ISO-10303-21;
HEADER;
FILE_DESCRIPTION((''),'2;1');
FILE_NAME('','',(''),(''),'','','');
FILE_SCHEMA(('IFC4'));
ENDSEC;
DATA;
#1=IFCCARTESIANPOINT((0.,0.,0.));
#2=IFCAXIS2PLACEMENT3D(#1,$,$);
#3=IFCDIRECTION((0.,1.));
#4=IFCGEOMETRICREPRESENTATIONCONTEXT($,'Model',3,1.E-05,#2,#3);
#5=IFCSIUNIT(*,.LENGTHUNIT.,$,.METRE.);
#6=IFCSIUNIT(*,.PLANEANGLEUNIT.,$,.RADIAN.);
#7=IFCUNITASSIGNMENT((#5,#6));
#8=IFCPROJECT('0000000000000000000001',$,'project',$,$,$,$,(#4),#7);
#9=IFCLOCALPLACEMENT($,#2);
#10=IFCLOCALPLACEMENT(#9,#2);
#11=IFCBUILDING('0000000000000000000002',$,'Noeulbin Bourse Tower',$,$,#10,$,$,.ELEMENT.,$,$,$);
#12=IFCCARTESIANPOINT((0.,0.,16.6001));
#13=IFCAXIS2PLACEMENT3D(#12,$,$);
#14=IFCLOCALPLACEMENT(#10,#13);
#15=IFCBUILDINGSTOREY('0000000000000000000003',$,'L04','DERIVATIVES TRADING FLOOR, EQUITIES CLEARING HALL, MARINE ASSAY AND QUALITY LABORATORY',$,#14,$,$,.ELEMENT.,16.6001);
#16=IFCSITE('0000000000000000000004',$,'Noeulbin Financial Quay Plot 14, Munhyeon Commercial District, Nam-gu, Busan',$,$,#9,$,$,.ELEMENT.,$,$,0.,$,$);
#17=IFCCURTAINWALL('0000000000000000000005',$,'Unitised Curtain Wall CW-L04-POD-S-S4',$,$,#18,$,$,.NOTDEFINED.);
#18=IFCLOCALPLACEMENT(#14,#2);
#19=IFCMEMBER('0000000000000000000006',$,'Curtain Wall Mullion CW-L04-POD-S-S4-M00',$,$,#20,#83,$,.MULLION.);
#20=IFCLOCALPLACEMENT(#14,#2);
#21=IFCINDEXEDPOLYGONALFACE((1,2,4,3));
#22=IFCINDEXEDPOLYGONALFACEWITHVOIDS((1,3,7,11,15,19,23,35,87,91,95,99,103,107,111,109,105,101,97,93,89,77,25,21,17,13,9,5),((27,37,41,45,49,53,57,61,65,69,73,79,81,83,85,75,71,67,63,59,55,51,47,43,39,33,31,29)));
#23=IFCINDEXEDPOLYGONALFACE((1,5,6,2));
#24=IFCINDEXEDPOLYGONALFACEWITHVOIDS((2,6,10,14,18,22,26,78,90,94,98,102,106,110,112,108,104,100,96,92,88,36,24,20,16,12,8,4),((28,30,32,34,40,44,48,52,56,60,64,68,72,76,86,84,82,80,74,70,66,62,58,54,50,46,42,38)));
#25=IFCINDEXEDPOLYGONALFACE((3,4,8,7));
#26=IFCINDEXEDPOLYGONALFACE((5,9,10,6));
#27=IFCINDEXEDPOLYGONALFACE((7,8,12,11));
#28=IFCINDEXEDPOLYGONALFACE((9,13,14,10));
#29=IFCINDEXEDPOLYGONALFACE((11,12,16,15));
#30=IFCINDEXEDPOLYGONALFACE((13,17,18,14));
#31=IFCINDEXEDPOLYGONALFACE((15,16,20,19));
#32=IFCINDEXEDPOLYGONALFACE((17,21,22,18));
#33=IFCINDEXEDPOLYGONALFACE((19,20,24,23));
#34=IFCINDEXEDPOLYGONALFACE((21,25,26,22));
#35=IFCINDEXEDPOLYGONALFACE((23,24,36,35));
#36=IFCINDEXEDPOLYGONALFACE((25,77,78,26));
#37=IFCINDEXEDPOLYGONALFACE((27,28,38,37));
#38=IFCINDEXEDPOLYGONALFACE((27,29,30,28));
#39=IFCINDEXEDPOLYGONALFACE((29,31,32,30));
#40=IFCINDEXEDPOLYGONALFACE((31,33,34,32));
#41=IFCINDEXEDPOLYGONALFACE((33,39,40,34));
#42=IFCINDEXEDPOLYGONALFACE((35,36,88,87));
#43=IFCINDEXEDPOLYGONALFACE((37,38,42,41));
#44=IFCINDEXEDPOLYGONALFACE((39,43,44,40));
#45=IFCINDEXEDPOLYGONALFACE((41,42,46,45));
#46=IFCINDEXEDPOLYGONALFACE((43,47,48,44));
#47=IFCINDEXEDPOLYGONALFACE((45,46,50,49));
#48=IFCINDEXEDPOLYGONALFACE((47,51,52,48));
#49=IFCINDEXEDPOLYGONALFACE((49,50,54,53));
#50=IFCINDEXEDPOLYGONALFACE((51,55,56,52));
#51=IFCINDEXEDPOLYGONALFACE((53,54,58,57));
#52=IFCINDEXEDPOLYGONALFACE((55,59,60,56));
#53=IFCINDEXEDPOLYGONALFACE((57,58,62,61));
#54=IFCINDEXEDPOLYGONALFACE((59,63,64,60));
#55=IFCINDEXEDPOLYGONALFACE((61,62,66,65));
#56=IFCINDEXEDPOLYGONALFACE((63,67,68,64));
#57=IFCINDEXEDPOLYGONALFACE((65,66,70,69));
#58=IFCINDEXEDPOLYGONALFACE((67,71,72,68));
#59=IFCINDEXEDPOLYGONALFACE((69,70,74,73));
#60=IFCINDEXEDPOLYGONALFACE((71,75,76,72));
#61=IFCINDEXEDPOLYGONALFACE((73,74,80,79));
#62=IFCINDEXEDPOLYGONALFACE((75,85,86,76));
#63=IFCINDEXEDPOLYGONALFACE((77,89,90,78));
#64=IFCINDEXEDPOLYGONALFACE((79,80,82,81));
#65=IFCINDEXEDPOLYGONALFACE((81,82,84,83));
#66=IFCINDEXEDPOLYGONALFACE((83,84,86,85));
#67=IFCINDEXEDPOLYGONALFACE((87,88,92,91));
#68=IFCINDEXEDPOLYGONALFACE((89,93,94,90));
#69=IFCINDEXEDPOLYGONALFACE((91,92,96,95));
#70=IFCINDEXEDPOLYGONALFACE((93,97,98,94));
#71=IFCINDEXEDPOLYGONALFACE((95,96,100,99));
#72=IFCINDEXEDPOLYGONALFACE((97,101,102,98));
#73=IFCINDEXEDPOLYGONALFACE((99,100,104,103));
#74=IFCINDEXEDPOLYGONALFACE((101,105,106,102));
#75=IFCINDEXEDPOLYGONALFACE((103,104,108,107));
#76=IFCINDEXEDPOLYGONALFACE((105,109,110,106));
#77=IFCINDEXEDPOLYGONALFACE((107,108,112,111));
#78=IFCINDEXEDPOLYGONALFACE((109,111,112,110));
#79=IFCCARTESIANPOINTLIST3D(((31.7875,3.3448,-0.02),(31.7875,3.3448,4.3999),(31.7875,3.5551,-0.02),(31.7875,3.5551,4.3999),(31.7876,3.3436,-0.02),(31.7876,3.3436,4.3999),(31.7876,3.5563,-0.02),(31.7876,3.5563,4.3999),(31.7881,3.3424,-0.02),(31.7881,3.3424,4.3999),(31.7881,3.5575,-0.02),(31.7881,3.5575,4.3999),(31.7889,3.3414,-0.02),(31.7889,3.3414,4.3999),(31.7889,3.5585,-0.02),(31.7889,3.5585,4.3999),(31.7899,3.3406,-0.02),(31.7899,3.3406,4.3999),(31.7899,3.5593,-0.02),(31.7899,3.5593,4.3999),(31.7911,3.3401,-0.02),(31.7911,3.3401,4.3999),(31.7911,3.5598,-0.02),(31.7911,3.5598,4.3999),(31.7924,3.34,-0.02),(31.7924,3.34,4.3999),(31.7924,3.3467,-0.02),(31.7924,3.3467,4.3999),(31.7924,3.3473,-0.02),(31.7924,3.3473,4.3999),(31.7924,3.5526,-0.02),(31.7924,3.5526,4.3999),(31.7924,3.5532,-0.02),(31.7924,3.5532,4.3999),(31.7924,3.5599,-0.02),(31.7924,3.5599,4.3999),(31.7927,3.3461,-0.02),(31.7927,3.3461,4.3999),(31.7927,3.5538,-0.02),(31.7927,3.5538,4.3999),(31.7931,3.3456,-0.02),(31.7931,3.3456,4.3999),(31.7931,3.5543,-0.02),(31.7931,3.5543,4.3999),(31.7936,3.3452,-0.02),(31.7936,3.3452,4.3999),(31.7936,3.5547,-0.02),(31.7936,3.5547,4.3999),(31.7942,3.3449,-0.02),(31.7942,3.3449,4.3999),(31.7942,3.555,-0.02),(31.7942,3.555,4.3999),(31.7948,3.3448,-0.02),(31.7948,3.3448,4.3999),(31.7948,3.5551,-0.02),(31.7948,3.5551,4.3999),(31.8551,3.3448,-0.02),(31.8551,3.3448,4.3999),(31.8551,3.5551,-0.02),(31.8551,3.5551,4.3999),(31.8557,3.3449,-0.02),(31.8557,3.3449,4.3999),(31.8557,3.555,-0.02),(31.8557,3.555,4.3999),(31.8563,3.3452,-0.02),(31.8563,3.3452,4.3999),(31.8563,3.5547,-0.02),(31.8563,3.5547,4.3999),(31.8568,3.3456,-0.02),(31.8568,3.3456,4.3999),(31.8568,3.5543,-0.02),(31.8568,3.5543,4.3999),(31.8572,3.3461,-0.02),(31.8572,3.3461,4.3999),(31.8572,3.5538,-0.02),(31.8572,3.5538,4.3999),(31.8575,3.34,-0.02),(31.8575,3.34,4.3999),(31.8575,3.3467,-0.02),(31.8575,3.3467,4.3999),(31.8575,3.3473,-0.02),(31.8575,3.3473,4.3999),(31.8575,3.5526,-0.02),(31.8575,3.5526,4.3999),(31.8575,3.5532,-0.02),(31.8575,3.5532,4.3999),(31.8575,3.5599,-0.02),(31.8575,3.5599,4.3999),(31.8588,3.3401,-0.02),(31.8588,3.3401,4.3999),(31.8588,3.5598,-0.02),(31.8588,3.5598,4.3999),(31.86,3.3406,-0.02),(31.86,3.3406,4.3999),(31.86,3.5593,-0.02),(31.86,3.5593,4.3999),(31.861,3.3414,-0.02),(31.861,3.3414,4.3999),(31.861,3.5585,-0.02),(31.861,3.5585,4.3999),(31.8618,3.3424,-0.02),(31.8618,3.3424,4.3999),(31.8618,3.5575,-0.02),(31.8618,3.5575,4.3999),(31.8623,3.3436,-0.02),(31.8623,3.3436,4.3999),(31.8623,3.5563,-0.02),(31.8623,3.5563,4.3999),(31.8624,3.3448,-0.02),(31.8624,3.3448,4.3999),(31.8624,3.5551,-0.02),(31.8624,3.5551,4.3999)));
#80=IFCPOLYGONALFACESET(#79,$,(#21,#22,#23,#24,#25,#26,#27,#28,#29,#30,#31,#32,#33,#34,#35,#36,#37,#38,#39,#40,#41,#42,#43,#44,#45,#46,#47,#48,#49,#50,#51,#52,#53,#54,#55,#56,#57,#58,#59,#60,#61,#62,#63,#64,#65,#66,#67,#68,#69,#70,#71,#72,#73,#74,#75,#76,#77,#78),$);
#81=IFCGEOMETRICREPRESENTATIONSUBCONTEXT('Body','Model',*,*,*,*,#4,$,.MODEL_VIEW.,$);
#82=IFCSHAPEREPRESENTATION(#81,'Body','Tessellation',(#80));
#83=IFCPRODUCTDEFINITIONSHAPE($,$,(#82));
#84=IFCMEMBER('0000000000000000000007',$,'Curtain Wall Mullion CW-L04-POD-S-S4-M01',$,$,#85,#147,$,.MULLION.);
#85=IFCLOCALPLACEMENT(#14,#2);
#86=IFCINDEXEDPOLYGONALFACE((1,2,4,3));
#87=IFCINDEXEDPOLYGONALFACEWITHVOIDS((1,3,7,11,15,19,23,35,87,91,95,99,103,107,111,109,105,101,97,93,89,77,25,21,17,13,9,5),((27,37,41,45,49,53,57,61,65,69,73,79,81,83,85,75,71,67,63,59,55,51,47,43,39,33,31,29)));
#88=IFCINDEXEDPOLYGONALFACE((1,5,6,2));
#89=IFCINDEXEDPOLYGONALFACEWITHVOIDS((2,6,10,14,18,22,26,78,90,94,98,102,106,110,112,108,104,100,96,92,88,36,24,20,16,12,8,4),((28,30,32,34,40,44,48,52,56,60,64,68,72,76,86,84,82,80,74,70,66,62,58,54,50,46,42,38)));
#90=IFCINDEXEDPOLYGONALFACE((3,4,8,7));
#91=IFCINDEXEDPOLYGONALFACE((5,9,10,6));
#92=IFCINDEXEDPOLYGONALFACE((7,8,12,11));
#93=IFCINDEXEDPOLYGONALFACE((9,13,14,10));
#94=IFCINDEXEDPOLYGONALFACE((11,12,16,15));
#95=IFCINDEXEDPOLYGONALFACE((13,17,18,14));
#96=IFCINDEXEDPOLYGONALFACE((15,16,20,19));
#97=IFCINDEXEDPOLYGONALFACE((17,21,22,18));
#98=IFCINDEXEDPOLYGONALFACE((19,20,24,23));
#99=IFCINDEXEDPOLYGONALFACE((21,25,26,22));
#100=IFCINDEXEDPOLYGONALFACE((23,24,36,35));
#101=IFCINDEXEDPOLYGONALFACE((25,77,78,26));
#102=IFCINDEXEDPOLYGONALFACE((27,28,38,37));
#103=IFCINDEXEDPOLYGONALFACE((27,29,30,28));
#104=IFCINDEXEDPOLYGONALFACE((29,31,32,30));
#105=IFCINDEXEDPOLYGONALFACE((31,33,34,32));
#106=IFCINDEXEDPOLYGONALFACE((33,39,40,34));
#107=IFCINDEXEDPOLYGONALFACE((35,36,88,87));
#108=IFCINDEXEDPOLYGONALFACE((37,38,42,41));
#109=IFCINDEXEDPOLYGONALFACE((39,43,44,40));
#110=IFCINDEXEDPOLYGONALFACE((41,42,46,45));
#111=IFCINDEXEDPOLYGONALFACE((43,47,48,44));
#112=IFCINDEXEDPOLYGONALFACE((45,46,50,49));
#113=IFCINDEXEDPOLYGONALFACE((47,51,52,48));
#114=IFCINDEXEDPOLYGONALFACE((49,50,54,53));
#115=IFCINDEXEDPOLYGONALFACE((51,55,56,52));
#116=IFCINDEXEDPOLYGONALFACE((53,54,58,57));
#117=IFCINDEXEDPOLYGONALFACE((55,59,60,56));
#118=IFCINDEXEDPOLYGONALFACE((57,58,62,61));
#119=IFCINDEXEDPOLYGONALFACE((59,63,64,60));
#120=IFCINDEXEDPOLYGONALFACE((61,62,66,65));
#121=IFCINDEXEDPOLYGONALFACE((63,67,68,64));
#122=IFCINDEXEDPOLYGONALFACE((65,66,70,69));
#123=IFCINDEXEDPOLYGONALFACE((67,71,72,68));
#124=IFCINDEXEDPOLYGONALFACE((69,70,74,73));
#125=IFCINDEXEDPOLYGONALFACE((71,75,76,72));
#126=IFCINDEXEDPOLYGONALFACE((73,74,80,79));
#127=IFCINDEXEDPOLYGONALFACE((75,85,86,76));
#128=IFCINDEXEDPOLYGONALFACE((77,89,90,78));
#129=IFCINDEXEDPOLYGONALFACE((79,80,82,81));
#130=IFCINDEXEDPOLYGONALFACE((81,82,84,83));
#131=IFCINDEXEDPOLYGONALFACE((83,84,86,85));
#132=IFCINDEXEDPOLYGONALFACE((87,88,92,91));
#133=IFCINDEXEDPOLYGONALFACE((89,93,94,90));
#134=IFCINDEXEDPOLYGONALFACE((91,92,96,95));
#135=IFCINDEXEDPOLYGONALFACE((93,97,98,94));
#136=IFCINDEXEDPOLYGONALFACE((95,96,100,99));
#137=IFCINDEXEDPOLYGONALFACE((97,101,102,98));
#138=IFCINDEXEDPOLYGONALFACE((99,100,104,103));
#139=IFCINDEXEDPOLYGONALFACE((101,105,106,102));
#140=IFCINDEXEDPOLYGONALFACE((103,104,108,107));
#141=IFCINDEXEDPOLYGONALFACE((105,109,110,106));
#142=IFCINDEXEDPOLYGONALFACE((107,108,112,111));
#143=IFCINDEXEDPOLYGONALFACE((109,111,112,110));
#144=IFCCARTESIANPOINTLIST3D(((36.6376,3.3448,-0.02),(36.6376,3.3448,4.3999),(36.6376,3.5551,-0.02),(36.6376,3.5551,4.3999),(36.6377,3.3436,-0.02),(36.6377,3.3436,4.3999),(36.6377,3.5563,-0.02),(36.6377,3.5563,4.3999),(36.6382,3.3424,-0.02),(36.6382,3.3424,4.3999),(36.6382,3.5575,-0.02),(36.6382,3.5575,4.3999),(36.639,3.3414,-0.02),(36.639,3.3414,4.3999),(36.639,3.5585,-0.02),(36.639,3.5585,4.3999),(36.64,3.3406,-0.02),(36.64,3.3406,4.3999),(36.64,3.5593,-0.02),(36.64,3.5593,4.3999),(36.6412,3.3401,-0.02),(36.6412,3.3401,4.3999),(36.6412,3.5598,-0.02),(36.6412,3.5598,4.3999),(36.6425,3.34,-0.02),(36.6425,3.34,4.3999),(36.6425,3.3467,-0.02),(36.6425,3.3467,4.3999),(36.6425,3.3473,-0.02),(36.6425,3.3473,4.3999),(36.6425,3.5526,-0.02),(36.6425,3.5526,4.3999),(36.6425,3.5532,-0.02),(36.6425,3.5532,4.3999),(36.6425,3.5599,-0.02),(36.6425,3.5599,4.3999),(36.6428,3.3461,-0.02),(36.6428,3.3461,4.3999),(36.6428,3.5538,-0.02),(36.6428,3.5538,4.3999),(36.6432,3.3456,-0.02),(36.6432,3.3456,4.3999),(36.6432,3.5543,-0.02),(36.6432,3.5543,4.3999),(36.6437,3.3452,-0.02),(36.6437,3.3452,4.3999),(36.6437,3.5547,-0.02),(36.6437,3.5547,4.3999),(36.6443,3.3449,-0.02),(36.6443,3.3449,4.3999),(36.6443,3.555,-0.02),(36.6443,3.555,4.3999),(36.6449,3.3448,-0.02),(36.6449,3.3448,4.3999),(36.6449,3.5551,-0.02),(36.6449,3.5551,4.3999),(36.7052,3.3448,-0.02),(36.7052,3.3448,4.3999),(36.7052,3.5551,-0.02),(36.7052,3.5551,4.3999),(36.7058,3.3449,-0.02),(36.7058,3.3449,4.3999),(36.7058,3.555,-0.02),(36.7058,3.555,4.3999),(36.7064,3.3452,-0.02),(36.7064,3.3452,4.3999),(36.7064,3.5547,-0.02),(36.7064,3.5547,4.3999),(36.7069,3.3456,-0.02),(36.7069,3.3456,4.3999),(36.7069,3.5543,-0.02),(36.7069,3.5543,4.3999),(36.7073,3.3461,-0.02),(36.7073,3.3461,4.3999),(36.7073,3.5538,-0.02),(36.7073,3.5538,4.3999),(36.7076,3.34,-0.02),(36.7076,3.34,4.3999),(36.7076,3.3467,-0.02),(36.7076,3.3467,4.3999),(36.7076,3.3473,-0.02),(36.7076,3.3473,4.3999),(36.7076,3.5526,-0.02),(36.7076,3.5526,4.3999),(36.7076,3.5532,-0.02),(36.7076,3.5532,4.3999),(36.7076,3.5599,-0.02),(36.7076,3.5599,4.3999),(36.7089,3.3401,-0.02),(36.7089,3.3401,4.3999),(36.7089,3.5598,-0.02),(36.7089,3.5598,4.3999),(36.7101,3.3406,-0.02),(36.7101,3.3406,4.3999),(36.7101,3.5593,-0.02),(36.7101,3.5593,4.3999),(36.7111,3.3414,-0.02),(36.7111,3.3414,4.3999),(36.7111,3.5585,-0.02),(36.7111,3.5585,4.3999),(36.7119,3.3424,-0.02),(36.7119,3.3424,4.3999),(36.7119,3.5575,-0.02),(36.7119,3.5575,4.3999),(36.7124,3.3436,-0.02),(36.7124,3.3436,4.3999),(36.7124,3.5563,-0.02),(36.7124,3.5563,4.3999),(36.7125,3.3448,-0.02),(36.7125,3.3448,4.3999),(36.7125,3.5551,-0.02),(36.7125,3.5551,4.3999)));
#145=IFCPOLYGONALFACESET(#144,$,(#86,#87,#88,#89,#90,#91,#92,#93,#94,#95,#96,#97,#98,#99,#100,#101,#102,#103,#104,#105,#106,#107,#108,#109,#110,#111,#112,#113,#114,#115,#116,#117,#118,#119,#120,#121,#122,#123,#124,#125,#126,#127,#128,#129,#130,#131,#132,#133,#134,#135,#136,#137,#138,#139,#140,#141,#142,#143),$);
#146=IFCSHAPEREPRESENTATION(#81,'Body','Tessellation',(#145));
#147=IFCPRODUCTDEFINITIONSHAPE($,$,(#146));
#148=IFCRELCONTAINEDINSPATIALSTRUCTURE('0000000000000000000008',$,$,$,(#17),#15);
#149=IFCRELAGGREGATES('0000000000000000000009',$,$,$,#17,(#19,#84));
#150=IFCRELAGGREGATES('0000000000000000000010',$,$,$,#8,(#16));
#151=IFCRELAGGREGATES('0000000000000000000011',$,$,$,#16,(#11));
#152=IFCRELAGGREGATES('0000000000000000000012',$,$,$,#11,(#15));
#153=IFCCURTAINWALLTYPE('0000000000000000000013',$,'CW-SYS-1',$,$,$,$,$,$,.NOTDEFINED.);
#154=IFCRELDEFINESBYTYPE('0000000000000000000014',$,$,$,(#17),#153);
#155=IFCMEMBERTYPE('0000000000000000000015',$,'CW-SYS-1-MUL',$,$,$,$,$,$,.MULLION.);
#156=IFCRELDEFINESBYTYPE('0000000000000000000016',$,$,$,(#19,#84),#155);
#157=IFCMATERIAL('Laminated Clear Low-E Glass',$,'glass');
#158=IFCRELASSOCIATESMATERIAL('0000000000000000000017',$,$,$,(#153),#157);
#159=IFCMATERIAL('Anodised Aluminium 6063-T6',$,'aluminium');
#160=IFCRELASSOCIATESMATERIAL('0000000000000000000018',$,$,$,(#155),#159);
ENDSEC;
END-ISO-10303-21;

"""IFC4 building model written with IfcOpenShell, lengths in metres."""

from ifc_helpers import new_model, si_unit, direction, frame, origin, origin_2d, place, context, subcontext, project, spatial, hollow_rectangle, extrude, material, material_profile, profile_set, type_object, element, aggregate, save


model = new_model("IFC4")

# Units and contexts
model_context = context("Model", 3, precision=1e-05, world=origin(), true_north=direction((0.0, 1.0)))
body_context = subcontext(model_context, "Body", "Model", "MODEL_VIEW")
ifc_project = project(units=[si_unit("LENGTHUNIT", "METRE"), si_unit("PLANEANGLEUNIT", "RADIAN")], contexts=[model_context])

# Site, building, storey
site_placement = place(None, origin())
site = spatial("IfcSite", under=ifc_project, at=site_placement, Name="Noeulbin Financial Quay Plot 14, Munhyeon Commercial District, Nam-gu, Busan", CompositionType="ELEMENT", RefElevation=0.0)
building_placement = place(site_placement, origin())
building = spatial("IfcBuilding", under=site, at=building_placement, Name="Noeulbin Bourse Tower", CompositionType="ELEMENT")
storey_placement = place(building_placement, frame((0.0, 0.0, 16.6001)))
storey = spatial("IfcBuildingStorey", under=building, at=storey_placement, Name="L04", Description="DERIVATIVES TRADING FLOOR, EQUITIES CLEARING HALL, MARINE ASSAY AND QUALITY LABORATORY", CompositionType="ELEMENT", Elevation=16.6001)

# Shared definitions
ifc_material_1 = material(Name="Laminated Clear Low-E Glass", Category="glass")
curtain_wall_type = type_object("IfcCurtainWallType", Name="CW-SYS-1", PredefinedType="NOTDEFINED", material=ifc_material_1)
ifc_material_2 = material(Name="Anodised Aluminium 6063-T6", Category="aluminium")
ifc_material_profile_1 = material_profile(ifc_material_2, hollow_rectangle(XDim=0.075, YDim=0.22, WallThickness=0.0049, InnerFilletRadius=0.0024, OuterFilletRadius=0.0049, at=origin_2d()), Name="ALU-MULL-75x220x5", Category="LoadBearing")
ifc_profile_set_1 = profile_set([ifc_material_profile_1], Name="Anodised Aluminium 6063-T6")
member_type_1 = type_object("IfcMemberType", Name="CW-SYS-1-MUL", PredefinedType="MULLION", material=ifc_profile_set_1)

# Curtain wall, members
curtain_wall_1_placement = place(storey_placement, origin())
curtain_wall_1 = element("IfcCurtainWall", 1, at=curtain_wall_1_placement, inside=storey, type_object=curtain_wall_type, Name="Unitised Curtain Wall CW-L04-POD-S-S4", PredefinedType="NOTDEFINED")
member_1_placement = place(storey_placement, frame((31.825, 3.45, -0.02), z_axis=(0.0, 0.0, 1.0), x_axis=(1.0, 0.0, 0.0)))
member_1 = element("IfcMember", 2, at=member_1_placement, type_object=member_type_1, Name="Curtain Wall Mullion CW-L04-POD-S-S4-M00", PredefinedType="MULLION", context=body_context, shape_type="SweptSolid", body=[
    extrude(hollow_rectangle(XDim=0.075, YDim=0.22, WallThickness=0.0049, InnerFilletRadius=0.0024, OuterFilletRadius=0.0049, at=origin_2d()), origin(), (0.0, 0.0, 1.0), 4.4199),
])
member_2_placement = place(storey_placement, frame((36.675, 3.45, -0.02), z_axis=(0.0, 0.0, 1.0), x_axis=(1.0, 0.0, 0.0)))
member_2 = element("IfcMember", 3, at=member_2_placement, type_object=member_type_1, Name="Curtain Wall Mullion CW-L04-POD-S-S4-M01", PredefinedType="MULLION", context=body_context, shape_type="SweptSolid", body=[
    extrude(hollow_rectangle(XDim=0.075, YDim=0.22, WallThickness=0.0049, InnerFilletRadius=0.0024, OuterFilletRadius=0.0049, at=origin_2d()), origin(), (0.0, 0.0, 1.0), 4.4199),
])

aggregate(curtain_wall_1, [member_1, member_2])

save(model, "model.ifc")
